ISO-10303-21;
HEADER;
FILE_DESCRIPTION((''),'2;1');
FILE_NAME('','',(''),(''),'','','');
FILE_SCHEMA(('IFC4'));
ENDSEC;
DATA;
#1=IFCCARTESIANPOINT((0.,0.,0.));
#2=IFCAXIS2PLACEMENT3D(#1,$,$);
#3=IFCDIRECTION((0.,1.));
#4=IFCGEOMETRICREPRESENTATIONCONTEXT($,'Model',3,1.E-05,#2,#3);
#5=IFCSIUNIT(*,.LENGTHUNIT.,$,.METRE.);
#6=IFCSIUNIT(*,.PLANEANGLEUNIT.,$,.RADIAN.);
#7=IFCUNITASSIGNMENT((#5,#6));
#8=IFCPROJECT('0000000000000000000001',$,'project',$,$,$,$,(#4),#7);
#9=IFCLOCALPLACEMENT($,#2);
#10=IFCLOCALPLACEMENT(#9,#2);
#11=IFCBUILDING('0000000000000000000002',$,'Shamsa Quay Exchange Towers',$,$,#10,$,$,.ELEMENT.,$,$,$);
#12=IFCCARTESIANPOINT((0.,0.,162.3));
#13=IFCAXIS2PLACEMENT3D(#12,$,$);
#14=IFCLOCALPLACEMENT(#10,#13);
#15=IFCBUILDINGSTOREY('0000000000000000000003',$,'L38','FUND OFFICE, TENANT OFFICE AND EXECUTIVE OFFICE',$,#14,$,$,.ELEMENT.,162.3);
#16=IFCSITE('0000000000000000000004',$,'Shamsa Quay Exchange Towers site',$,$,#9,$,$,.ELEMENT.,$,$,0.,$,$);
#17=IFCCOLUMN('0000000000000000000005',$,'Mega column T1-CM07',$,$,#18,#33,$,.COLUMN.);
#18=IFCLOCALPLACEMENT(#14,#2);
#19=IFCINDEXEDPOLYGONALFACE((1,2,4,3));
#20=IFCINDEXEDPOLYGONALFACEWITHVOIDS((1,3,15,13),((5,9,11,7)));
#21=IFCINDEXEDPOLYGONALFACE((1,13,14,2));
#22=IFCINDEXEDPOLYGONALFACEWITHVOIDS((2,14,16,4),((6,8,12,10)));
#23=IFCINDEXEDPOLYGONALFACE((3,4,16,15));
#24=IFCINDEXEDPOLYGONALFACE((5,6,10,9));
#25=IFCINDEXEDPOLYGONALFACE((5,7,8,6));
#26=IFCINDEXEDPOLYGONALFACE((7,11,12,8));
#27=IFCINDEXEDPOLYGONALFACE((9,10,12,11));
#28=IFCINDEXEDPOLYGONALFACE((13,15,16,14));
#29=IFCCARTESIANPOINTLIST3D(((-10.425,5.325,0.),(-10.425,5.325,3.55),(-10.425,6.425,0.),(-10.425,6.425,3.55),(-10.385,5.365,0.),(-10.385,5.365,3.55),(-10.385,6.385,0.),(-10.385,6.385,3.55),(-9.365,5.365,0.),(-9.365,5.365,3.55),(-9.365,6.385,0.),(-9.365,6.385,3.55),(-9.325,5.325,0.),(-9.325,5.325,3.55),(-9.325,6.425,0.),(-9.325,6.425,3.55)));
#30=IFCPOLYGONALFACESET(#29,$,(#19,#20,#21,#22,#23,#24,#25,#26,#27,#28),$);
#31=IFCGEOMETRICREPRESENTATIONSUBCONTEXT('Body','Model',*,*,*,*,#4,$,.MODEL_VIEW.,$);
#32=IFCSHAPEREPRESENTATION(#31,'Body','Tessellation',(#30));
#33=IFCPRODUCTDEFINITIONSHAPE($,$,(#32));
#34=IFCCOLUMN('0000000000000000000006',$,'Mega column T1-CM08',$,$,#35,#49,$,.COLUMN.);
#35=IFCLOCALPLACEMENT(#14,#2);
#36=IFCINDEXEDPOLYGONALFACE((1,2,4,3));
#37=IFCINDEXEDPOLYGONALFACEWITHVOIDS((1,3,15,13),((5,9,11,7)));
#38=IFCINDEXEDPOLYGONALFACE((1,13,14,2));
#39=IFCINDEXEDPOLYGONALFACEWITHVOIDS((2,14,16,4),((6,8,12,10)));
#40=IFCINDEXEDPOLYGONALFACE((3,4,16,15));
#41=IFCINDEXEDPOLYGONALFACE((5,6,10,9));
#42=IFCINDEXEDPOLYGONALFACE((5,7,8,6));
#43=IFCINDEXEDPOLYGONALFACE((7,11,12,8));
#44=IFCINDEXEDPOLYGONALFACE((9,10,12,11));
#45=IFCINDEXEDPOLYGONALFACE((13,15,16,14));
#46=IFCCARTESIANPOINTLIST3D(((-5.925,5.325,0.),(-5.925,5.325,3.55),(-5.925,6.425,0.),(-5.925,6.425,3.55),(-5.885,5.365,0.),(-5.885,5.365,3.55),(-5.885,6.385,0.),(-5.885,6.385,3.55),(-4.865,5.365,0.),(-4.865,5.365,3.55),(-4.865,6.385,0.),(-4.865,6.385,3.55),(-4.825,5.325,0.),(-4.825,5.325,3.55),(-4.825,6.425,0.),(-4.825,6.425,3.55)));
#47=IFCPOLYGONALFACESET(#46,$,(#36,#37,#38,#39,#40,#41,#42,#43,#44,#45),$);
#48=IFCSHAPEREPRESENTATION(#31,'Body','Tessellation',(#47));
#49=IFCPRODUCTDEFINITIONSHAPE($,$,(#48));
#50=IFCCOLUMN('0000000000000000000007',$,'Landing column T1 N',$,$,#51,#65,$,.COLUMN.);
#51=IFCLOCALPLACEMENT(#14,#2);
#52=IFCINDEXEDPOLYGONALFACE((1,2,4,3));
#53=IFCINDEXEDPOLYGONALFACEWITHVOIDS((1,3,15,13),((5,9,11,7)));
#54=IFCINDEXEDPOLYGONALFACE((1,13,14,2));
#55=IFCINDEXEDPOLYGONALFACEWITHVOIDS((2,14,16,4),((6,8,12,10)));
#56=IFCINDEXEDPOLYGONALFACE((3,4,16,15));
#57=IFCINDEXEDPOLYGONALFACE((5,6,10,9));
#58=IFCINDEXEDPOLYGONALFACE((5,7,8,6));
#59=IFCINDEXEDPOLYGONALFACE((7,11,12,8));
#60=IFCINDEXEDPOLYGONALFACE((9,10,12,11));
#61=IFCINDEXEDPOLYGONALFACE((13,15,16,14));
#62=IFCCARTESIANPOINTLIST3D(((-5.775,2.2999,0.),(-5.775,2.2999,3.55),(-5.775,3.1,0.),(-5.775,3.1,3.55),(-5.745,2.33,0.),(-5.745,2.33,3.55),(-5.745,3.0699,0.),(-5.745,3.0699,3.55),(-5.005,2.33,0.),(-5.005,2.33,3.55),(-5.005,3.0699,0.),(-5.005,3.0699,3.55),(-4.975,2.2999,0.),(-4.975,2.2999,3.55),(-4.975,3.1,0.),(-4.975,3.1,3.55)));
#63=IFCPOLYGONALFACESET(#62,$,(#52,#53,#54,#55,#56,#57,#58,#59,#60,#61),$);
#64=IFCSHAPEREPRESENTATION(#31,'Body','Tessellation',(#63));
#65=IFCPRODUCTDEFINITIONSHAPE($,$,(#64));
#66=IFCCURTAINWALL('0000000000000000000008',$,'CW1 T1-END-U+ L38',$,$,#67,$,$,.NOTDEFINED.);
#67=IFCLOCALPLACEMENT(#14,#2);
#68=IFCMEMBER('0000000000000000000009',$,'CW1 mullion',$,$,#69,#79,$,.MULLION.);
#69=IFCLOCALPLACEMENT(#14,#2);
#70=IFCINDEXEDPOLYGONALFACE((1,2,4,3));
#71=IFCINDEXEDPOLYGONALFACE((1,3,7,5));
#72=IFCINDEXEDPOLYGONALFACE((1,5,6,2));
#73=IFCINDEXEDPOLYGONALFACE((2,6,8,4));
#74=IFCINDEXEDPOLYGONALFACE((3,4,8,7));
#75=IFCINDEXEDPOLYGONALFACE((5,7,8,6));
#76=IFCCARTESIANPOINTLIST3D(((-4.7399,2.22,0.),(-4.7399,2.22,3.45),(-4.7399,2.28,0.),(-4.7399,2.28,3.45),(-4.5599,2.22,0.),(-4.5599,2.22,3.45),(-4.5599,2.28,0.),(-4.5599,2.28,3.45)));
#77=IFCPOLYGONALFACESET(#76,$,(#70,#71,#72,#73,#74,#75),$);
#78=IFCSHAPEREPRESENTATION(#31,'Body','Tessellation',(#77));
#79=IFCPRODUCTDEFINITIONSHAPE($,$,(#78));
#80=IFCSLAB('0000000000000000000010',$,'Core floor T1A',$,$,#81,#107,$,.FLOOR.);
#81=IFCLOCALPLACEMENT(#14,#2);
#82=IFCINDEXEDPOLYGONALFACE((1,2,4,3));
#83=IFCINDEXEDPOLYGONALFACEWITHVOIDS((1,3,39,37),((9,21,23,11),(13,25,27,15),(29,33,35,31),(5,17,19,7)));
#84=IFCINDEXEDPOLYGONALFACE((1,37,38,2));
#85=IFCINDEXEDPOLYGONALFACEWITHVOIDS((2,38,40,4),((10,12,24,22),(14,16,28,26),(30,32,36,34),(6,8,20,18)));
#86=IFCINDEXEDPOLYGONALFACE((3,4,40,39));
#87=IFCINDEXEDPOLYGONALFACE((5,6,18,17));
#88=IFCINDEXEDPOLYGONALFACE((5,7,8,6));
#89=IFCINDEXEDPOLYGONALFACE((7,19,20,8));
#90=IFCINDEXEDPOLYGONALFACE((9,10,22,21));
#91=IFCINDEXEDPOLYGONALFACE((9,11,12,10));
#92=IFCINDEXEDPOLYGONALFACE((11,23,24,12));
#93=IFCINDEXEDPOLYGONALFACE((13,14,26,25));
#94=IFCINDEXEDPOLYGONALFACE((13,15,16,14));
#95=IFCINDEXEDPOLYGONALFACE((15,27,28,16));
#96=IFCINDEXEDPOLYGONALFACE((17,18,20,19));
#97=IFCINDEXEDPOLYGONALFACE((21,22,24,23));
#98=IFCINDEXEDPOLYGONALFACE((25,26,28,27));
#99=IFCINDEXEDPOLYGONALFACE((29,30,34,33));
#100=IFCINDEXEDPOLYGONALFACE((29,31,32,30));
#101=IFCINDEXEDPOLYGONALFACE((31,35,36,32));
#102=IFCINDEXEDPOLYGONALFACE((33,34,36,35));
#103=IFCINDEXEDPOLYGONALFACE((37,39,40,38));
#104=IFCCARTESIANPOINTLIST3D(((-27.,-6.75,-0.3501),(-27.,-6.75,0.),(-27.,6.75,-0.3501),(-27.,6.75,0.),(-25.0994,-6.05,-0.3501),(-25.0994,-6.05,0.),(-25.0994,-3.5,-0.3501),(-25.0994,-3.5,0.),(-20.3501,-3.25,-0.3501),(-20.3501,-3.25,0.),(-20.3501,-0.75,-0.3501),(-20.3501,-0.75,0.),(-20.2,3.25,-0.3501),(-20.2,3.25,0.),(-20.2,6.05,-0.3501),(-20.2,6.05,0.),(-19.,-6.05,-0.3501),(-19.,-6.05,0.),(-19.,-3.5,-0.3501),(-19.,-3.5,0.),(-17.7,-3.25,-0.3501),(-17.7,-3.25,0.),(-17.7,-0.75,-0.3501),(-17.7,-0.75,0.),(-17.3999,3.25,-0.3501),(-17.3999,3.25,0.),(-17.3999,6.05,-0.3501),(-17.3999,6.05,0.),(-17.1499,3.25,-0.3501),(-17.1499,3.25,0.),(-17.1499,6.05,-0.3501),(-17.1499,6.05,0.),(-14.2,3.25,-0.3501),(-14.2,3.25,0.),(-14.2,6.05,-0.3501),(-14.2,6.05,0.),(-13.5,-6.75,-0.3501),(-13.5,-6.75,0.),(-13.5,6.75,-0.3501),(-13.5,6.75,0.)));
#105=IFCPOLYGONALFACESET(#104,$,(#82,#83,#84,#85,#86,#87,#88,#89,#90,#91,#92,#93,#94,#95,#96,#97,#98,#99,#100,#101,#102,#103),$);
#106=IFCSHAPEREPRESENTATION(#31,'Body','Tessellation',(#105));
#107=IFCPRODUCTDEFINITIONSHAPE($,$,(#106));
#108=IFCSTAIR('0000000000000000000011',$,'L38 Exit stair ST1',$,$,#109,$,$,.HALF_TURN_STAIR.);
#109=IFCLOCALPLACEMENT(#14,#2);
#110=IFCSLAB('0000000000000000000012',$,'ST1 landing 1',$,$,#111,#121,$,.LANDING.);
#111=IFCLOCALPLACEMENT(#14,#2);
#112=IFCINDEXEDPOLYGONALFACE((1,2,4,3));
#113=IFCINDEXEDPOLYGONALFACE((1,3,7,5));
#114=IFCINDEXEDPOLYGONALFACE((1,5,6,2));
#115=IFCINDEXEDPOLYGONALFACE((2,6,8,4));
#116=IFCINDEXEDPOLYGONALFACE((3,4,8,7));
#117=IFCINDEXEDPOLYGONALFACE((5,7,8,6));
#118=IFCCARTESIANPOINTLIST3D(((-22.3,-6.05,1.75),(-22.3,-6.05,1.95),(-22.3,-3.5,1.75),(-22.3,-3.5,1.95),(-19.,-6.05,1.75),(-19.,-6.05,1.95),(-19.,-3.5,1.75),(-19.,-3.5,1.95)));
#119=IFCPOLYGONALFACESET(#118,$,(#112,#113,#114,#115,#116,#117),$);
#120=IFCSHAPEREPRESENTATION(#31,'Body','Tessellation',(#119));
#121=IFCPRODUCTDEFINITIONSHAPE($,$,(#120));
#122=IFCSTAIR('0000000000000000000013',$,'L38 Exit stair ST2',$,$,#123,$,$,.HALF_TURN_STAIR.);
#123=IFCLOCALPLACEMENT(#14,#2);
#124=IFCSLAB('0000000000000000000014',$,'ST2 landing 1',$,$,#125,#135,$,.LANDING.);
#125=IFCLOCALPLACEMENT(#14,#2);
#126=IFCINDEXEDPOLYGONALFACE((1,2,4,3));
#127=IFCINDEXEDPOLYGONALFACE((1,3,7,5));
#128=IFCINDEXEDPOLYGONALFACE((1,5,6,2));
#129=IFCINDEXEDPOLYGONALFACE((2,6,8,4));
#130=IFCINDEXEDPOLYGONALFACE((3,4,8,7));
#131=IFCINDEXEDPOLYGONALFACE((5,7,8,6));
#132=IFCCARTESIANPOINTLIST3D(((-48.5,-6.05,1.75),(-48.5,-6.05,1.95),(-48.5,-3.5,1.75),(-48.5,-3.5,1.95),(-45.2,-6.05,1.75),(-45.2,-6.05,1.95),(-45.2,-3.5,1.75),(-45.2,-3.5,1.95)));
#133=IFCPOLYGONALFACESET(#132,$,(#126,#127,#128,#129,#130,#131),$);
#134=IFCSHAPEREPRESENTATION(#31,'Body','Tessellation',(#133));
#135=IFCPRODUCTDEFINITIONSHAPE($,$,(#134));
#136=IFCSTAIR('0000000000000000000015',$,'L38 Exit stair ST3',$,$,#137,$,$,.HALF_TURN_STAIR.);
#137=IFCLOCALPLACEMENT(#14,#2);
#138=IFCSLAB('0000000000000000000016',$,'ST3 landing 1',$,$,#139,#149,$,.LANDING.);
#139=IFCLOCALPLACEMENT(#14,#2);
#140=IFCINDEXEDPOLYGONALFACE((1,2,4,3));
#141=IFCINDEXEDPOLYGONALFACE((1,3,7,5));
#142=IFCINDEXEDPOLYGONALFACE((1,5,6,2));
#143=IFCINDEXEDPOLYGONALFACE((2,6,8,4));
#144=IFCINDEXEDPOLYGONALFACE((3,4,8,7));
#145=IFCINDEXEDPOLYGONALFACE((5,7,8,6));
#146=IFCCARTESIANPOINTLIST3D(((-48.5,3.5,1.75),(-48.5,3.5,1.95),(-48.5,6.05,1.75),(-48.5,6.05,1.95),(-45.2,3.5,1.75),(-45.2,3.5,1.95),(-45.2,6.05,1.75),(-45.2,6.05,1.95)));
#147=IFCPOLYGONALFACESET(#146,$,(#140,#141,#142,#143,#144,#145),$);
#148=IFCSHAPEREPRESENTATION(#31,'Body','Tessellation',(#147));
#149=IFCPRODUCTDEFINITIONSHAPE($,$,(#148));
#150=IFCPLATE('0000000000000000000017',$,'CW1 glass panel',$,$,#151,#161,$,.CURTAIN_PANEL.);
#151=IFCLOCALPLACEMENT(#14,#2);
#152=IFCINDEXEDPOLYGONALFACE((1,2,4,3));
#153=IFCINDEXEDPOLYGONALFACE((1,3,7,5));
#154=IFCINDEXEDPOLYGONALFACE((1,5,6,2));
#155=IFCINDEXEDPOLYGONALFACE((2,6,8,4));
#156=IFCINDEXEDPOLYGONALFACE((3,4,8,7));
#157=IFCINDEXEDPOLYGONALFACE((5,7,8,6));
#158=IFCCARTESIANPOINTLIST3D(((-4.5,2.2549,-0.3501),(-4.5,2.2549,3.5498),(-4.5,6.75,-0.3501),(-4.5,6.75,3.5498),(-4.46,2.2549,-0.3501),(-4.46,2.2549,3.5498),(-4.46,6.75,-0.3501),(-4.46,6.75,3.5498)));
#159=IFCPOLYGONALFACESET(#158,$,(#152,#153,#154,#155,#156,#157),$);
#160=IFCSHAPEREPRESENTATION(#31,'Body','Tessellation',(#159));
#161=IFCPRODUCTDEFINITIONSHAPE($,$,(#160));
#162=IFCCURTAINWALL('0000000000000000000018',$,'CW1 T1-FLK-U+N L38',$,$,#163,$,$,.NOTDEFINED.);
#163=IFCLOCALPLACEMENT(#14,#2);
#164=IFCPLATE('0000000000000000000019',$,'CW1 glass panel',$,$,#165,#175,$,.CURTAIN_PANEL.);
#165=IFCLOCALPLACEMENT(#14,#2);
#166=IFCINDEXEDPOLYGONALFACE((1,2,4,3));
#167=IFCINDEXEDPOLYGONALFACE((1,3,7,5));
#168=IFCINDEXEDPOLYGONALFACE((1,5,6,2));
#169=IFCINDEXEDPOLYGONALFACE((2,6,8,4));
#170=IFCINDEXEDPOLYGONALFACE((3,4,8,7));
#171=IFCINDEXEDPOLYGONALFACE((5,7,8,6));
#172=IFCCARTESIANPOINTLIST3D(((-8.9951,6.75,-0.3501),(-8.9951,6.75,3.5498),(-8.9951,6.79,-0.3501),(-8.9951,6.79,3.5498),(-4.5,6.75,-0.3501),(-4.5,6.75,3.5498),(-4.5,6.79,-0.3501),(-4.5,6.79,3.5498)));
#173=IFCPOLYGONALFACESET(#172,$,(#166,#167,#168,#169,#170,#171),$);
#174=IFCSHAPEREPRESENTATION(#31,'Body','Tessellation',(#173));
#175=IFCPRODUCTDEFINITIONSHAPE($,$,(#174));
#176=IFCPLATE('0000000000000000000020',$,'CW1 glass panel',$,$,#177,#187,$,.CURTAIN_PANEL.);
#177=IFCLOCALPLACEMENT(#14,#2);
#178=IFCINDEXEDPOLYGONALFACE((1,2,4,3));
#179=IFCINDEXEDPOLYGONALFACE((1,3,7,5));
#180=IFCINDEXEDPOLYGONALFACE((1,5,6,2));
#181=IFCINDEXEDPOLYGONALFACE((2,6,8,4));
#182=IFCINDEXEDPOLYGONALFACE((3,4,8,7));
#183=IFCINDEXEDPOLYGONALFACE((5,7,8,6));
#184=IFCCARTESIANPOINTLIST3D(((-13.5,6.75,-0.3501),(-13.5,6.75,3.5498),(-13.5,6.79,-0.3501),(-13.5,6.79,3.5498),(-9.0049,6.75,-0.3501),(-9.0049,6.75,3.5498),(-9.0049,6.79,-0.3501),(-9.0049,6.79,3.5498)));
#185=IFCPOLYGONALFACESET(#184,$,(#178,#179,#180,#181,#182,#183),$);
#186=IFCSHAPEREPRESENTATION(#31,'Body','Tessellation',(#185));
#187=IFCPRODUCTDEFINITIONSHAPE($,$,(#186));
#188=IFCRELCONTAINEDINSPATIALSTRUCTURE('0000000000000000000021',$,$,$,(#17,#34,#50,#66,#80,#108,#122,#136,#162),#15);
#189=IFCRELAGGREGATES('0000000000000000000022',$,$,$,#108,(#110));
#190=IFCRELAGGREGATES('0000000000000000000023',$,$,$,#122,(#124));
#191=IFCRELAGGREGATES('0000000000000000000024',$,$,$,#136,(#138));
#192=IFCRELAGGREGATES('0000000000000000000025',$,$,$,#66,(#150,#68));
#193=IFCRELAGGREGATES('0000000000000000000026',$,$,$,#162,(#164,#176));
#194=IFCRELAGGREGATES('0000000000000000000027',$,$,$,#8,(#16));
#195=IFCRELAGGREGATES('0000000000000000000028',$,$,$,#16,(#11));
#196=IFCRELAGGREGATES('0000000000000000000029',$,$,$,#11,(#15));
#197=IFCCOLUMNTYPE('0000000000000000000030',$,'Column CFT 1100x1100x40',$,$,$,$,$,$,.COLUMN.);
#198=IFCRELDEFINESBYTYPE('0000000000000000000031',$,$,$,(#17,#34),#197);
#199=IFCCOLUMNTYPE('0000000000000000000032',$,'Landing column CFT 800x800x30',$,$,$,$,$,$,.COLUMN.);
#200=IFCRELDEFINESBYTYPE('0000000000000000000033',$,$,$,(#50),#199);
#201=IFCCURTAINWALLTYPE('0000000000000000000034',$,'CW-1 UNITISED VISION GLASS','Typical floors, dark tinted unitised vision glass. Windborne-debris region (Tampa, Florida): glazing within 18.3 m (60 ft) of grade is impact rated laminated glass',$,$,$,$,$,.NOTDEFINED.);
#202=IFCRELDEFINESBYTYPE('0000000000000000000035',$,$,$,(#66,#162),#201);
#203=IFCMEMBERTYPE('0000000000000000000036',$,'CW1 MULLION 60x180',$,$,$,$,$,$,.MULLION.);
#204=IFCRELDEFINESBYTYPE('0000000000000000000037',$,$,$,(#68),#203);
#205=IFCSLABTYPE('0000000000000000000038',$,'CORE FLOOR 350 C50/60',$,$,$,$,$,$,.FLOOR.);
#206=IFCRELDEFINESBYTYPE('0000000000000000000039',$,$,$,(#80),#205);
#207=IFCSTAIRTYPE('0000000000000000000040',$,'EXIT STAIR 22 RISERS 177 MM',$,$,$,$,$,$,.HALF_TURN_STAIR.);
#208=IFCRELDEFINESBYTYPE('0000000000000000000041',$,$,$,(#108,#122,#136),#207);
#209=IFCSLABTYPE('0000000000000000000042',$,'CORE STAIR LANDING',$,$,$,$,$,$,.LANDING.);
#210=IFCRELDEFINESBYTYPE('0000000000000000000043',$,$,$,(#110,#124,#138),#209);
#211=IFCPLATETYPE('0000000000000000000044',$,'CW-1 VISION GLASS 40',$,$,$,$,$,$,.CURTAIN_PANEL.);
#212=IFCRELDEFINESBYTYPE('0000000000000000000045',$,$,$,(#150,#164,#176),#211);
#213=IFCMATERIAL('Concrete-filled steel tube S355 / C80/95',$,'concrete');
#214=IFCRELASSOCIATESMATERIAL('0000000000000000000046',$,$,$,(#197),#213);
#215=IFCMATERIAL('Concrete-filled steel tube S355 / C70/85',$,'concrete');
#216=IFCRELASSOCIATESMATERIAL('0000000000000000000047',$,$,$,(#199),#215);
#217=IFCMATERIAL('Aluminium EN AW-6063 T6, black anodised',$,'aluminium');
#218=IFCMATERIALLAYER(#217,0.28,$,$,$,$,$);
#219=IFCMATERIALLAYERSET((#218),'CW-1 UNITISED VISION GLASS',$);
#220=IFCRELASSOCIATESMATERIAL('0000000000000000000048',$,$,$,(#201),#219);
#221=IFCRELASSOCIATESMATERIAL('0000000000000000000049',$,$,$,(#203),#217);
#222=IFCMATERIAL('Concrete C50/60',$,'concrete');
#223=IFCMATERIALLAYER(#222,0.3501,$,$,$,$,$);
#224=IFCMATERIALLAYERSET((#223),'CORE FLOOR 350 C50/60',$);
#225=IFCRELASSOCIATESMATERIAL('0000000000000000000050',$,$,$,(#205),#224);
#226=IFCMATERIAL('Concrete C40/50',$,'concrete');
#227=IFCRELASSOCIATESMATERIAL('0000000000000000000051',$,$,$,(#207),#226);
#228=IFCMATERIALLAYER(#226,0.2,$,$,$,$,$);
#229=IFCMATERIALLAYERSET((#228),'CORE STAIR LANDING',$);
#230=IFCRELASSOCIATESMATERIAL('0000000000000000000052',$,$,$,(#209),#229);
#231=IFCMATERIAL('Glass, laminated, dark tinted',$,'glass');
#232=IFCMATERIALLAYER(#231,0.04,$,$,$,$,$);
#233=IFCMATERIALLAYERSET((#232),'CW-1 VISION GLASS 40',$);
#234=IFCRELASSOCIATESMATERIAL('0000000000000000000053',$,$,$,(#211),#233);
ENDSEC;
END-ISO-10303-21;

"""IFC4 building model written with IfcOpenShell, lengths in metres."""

from ifc_helpers import new_model, si_unit, direction, frame, origin, origin_2d, place, context, subcontext, project, spatial, polyline, rectangle, hollow_rectangle, outline, extrude, material, layer, layer_set, material_profile, profile_set, type_object, element, aggregate, save


model = new_model("IFC4")

# Units and contexts
model_context = context("Model", 3, precision=1e-05, world=origin(), true_north=direction((0.0, 1.0)))
body_context = subcontext(model_context, "Body", "Model", "MODEL_VIEW")
ifc_project = project(units=[si_unit("LENGTHUNIT", "METRE"), si_unit("PLANEANGLEUNIT", "RADIAN")], contexts=[model_context])

# Site, building, storey
site_placement = place(None, origin())
site = spatial("IfcSite", under=ifc_project, at=site_placement, Name="Shamsa Quay Exchange Towers site", CompositionType="ELEMENT", RefElevation=0.0)
building_placement = place(site_placement, origin())
building = spatial("IfcBuilding", under=site, at=building_placement, Name="Shamsa Quay Exchange Towers", CompositionType="ELEMENT")
storey_placement = place(building_placement, frame((0.0, 0.0, 162.3)))
storey = spatial("IfcBuildingStorey", under=building, at=storey_placement, Name="L38", Description="FUND OFFICE, TENANT OFFICE AND EXECUTIVE OFFICE", CompositionType="ELEMENT", Elevation=162.3)

# Columns
ifc_material_1 = material(Name="Concrete-filled steel tube S355 / C80/95", Category="concrete")
ifc_material_profile_1 = material_profile(ifc_material_1, hollow_rectangle(XDim=1.1001, YDim=1.1001, WallThickness=0.04, at=origin_2d()), Name="CFT 1100x1100x40")
ifc_profile_set_1 = profile_set([ifc_material_profile_1], Name="Concrete-filled steel tube S355 / C80/95")
column_type_1 = type_object("IfcColumnType", Name="Column CFT 1100x1100x40", PredefinedType="COLUMN", material=ifc_profile_set_1)
for number, where, name in (
    (1, (-9.875, 5.875, 0.0), "Mega column T1-CM07"),
    (2, (-5.375, 5.875, 0.0), "Mega column T1-CM08"),
):
    element("IfcColumn", number, at=place(storey_placement, frame(where)), inside=storey, type_object=column_type_1, Name=name, PredefinedType="COLUMN", context=body_context, shape_type="SweptSolid", body=[
        extrude(hollow_rectangle(XDim=1.1001, YDim=1.1001, WallThickness=0.04, at=origin_2d()), origin(), (0.0, 0.0, 1.0), 3.55),
    ])
ifc_material_2 = material(Name="Concrete-filled steel tube S355 / C70/85", Category="concrete")
ifc_material_profile_2 = material_profile(ifc_material_2, hollow_rectangle(XDim=0.8, YDim=0.8, WallThickness=0.03, at=origin_2d()), Name="CFT 800x800x30")
ifc_profile_set_2 = profile_set([ifc_material_profile_2], Name="Concrete-filled steel tube S355 / C70/85")
column_type_2 = type_object("IfcColumnType", Name="Landing column CFT 800x800x30", PredefinedType="COLUMN", material=ifc_profile_set_2)
column_placement = place(storey_placement, frame((-5.375, 2.7, 0.0)))
element("IfcColumn", 3, at=column_placement, inside=storey, type_object=column_type_2, Name="Landing column T1 N", PredefinedType="COLUMN", context=body_context, shape_type="SweptSolid", body=[
    extrude(hollow_rectangle(XDim=0.8, YDim=0.8, WallThickness=0.03, at=origin_2d()), origin(), (0.0, 0.0, 1.0), 3.55),
])

# Curtain wall, member
ifc_material_3 = material(Name="Aluminium EN AW-6063 T6, black anodised", Category="aluminium")
ifc_layer_1 = layer(ifc_material_3, 0.28)
ifc_layer_set_1 = layer_set([ifc_layer_1], Name="CW-1 UNITISED VISION GLASS")
curtain_wall_type = type_object("IfcCurtainWallType", Name="CW-1 UNITISED VISION GLASS", Description="Typical floors, dark tinted unitised vision glass. Windborne-debris region (Tampa, Florida): glazing within 18.3 m (60 ft) of grade is impact rated laminated glass", PredefinedType="NOTDEFINED", material=ifc_layer_set_1)
curtain_wall_1_placement = place(storey_placement, origin())
curtain_wall_1 = element("IfcCurtainWall", 4, at=curtain_wall_1_placement, inside=storey, type_object=curtain_wall_type, Name="CW1 T1-END-U+ L38", PredefinedType="NOTDEFINED")
ifc_material_profile_3 = material_profile(ifc_material_3, rectangle(XDim=0.1799, YDim=0.0601, at=origin_2d()), Name="MU60x180")
ifc_profile_set_3 = profile_set([ifc_material_profile_3], Name="Aluminium EN AW-6063 T6, black anodised")
member_type = type_object("IfcMemberType", Name="CW1 MULLION 60x180", PredefinedType="MULLION", material=ifc_profile_set_3)
member_placement = place(storey_placement, frame((-4.6499, 2.25, 0.0), z_axis=(0.0, 0.0, 1.0), x_axis=(-1.0, 0.0, 0.0)))
member = element("IfcMember", 5, at=member_placement, type_object=member_type, Name="CW1 mullion", PredefinedType="MULLION", context=body_context, shape_type="SweptSolid", body=[
    extrude(rectangle(XDim=0.1799, YDim=0.0601, at=origin_2d()), origin(), (0.0, 0.0, 1.0), 3.45),
])

# Slab
ifc_material_4 = material(Name="Concrete C50/60", Category="concrete")
ifc_layer_2 = layer(ifc_material_4, 0.3501)
ifc_layer_set_2 = layer_set([ifc_layer_2], Name="CORE FLOOR 350 C50/60")
slab_type_1 = type_object("IfcSlabType", Name="CORE FLOOR 350 C50/60", PredefinedType="FLOOR", material=ifc_layer_set_2)
slab_1_placement = place(storey_placement, frame((0.0, 0.0, -0.3501)))
element("IfcSlab", 6, at=slab_1_placement, inside=storey, type_object=slab_type_1, Name="Core floor T1A", PredefinedType="FLOOR", context=body_context, shape_type="SweptSolid", body=[
    extrude(outline(polyline([(-27.0, -6.75), (-13.5, -6.75), (-13.5, 6.75), (-27.0, 6.75), (-27.0, -6.75)]), holes=[polyline([(-25.0994, -6.05), (-25.0994, -3.5), (-19.0, -3.5), (-19.0, -6.05), (-25.0994, -6.05)]), polyline([(-20.2, 3.25), (-20.2, 6.05), (-17.3999, 6.05), (-17.3999, 3.25), (-20.2, 3.25)]), polyline([(-17.1499, 3.25), (-17.1499, 6.05), (-14.2, 6.05), (-14.2, 3.25), (-17.1499, 3.25)]), polyline([(-20.3501, -3.25), (-20.3501, -0.75), (-17.7, -0.75), (-17.7, -3.25), (-20.3501, -3.25)])]), origin(), (0.0, 0.0, 1.0), 0.3501),
])

# Stairs, slabs
ifc_material_5 = material(Name="Concrete C40/50", Category="concrete")
stair_type = type_object("IfcStairType", Name="EXIT STAIR 22 RISERS 177 MM", PredefinedType="HALF_TURN_STAIR", material=ifc_material_5)
stair_1_placement = place(storey_placement, origin())
stair_1 = element("IfcStair", 7, at=stair_1_placement, inside=storey, type_object=stair_type, Name="L38 Exit stair ST1", PredefinedType="HALF_TURN_STAIR")
ifc_layer_3 = layer(ifc_material_5, 0.2)
ifc_layer_set_3 = layer_set([ifc_layer_3], Name="CORE STAIR LANDING")
slab_type_2 = type_object("IfcSlabType", Name="CORE STAIR LANDING", PredefinedType="LANDING", material=ifc_layer_set_3)
slab_2_placement = place(storey_placement, frame((0.0, 0.0, 1.75)))
slab_2 = element("IfcSlab", 8, at=slab_2_placement, type_object=slab_type_2, Name="ST1 landing 1", PredefinedType="LANDING", context=body_context, shape_type="SweptSolid", body=[
    extrude(outline(polyline([(-22.3, -6.05), (-19.0, -6.05), (-19.0, -3.5), (-22.3, -3.5), (-22.3, -6.05)])), origin(), (0.0, 0.0, 1.0), 0.2),
])
aggregate(stair_1, [slab_2])
stair_2_placement = place(storey_placement, origin())
stair_2 = element("IfcStair", 9, at=stair_2_placement, inside=storey, type_object=stair_type, Name="L38 Exit stair ST2", PredefinedType="HALF_TURN_STAIR")
slab_3_placement = place(storey_placement, frame((0.0, 0.0, 1.75)))
slab_3 = element("IfcSlab", 10, at=slab_3_placement, type_object=slab_type_2, Name="ST2 landing 1", PredefinedType="LANDING", context=body_context, shape_type="SweptSolid", body=[
    extrude(outline(polyline([(-45.2, -3.5), (-48.5, -3.5), (-48.5, -6.05), (-45.2, -6.05), (-45.2, -3.5)])), origin(), (0.0, 0.0, 1.0), 0.2),
])
aggregate(stair_2, [slab_3])
stair_3_placement = place(storey_placement, origin())
stair_3 = element("IfcStair", 11, at=stair_3_placement, inside=storey, type_object=stair_type, Name="L38 Exit stair ST3", PredefinedType="HALF_TURN_STAIR")
slab_4_placement = place(storey_placement, frame((0.0, 0.0, 1.75)))
slab_4 = element("IfcSlab", 12, at=slab_4_placement, type_object=slab_type_2, Name="ST3 landing 1", PredefinedType="LANDING", context=body_context, shape_type="SweptSolid", body=[
    extrude(outline(polyline([(-45.2, 6.05), (-48.5, 6.05), (-48.5, 3.5), (-45.2, 3.5), (-45.2, 6.05)])), origin(), (0.0, 0.0, 1.0), 0.2),
])
aggregate(stair_3, [slab_4])

# Plate
ifc_material_6 = material(Name="Glass, laminated, dark tinted", Category="glass")
ifc_layer_4 = layer(ifc_material_6, 0.04)
ifc_layer_set_4 = layer_set([ifc_layer_4], Name="CW-1 VISION GLASS 40")
plate_type = type_object("IfcPlateType", Name="CW-1 VISION GLASS 40", PredefinedType="CURTAIN_PANEL", material=ifc_layer_set_4)
plate_1_placement = place(storey_placement, frame((-4.48, 4.5024, -0.3501), z_axis=(0.0, 0.0, 1.0), x_axis=(0.0, 1.0, 0.0)))
plate_1 = element("IfcPlate", 13, at=plate_1_placement, type_object=plate_type, Name="CW1 glass panel", PredefinedType="CURTAIN_PANEL", context=body_context, shape_type="SweptSolid", body=[
    extrude(rectangle(XDim=4.4951, YDim=0.04, at=origin_2d()), origin(), (0.0, 0.0, 1.0), 3.8999),
])
aggregate(curtain_wall_1, [plate_1, member])

# Curtain wall, plates
curtain_wall_2_placement = place(storey_placement, origin())
curtain_wall_2 = element("IfcCurtainWall", 14, at=curtain_wall_2_placement, inside=storey, type_object=curtain_wall_type, Name="CW1 T1-FLK-U+N L38", PredefinedType="NOTDEFINED")
plate_2_placement = place(storey_placement, frame((-6.7476, 6.77, -0.3501), z_axis=(0.0, 0.0, 1.0), x_axis=(-1.0, 0.0, 0.0)))
plate_2 = element("IfcPlate", 15, at=plate_2_placement, type_object=plate_type, Name="CW1 glass panel", PredefinedType="CURTAIN_PANEL", context=body_context, shape_type="SweptSolid", body=[
    extrude(rectangle(XDim=4.4951, YDim=0.04, at=origin_2d()), origin(), (0.0, 0.0, 1.0), 3.8999),
])
plate_3_placement = place(storey_placement, frame((-11.2524, 6.77, -0.3501), z_axis=(0.0, 0.0, 1.0), x_axis=(-1.0, 0.0, 0.0)))
plate_3 = element("IfcPlate", 16, at=plate_3_placement, type_object=plate_type, Name="CW1 glass panel", PredefinedType="CURTAIN_PANEL", context=body_context, shape_type="SweptSolid", body=[
    extrude(rectangle(XDim=4.4951, YDim=0.04, at=origin_2d()), origin(), (0.0, 0.0, 1.0), 3.8999),
])
aggregate(curtain_wall_2, [plate_2, plate_3])

save(model, "model.ifc")
